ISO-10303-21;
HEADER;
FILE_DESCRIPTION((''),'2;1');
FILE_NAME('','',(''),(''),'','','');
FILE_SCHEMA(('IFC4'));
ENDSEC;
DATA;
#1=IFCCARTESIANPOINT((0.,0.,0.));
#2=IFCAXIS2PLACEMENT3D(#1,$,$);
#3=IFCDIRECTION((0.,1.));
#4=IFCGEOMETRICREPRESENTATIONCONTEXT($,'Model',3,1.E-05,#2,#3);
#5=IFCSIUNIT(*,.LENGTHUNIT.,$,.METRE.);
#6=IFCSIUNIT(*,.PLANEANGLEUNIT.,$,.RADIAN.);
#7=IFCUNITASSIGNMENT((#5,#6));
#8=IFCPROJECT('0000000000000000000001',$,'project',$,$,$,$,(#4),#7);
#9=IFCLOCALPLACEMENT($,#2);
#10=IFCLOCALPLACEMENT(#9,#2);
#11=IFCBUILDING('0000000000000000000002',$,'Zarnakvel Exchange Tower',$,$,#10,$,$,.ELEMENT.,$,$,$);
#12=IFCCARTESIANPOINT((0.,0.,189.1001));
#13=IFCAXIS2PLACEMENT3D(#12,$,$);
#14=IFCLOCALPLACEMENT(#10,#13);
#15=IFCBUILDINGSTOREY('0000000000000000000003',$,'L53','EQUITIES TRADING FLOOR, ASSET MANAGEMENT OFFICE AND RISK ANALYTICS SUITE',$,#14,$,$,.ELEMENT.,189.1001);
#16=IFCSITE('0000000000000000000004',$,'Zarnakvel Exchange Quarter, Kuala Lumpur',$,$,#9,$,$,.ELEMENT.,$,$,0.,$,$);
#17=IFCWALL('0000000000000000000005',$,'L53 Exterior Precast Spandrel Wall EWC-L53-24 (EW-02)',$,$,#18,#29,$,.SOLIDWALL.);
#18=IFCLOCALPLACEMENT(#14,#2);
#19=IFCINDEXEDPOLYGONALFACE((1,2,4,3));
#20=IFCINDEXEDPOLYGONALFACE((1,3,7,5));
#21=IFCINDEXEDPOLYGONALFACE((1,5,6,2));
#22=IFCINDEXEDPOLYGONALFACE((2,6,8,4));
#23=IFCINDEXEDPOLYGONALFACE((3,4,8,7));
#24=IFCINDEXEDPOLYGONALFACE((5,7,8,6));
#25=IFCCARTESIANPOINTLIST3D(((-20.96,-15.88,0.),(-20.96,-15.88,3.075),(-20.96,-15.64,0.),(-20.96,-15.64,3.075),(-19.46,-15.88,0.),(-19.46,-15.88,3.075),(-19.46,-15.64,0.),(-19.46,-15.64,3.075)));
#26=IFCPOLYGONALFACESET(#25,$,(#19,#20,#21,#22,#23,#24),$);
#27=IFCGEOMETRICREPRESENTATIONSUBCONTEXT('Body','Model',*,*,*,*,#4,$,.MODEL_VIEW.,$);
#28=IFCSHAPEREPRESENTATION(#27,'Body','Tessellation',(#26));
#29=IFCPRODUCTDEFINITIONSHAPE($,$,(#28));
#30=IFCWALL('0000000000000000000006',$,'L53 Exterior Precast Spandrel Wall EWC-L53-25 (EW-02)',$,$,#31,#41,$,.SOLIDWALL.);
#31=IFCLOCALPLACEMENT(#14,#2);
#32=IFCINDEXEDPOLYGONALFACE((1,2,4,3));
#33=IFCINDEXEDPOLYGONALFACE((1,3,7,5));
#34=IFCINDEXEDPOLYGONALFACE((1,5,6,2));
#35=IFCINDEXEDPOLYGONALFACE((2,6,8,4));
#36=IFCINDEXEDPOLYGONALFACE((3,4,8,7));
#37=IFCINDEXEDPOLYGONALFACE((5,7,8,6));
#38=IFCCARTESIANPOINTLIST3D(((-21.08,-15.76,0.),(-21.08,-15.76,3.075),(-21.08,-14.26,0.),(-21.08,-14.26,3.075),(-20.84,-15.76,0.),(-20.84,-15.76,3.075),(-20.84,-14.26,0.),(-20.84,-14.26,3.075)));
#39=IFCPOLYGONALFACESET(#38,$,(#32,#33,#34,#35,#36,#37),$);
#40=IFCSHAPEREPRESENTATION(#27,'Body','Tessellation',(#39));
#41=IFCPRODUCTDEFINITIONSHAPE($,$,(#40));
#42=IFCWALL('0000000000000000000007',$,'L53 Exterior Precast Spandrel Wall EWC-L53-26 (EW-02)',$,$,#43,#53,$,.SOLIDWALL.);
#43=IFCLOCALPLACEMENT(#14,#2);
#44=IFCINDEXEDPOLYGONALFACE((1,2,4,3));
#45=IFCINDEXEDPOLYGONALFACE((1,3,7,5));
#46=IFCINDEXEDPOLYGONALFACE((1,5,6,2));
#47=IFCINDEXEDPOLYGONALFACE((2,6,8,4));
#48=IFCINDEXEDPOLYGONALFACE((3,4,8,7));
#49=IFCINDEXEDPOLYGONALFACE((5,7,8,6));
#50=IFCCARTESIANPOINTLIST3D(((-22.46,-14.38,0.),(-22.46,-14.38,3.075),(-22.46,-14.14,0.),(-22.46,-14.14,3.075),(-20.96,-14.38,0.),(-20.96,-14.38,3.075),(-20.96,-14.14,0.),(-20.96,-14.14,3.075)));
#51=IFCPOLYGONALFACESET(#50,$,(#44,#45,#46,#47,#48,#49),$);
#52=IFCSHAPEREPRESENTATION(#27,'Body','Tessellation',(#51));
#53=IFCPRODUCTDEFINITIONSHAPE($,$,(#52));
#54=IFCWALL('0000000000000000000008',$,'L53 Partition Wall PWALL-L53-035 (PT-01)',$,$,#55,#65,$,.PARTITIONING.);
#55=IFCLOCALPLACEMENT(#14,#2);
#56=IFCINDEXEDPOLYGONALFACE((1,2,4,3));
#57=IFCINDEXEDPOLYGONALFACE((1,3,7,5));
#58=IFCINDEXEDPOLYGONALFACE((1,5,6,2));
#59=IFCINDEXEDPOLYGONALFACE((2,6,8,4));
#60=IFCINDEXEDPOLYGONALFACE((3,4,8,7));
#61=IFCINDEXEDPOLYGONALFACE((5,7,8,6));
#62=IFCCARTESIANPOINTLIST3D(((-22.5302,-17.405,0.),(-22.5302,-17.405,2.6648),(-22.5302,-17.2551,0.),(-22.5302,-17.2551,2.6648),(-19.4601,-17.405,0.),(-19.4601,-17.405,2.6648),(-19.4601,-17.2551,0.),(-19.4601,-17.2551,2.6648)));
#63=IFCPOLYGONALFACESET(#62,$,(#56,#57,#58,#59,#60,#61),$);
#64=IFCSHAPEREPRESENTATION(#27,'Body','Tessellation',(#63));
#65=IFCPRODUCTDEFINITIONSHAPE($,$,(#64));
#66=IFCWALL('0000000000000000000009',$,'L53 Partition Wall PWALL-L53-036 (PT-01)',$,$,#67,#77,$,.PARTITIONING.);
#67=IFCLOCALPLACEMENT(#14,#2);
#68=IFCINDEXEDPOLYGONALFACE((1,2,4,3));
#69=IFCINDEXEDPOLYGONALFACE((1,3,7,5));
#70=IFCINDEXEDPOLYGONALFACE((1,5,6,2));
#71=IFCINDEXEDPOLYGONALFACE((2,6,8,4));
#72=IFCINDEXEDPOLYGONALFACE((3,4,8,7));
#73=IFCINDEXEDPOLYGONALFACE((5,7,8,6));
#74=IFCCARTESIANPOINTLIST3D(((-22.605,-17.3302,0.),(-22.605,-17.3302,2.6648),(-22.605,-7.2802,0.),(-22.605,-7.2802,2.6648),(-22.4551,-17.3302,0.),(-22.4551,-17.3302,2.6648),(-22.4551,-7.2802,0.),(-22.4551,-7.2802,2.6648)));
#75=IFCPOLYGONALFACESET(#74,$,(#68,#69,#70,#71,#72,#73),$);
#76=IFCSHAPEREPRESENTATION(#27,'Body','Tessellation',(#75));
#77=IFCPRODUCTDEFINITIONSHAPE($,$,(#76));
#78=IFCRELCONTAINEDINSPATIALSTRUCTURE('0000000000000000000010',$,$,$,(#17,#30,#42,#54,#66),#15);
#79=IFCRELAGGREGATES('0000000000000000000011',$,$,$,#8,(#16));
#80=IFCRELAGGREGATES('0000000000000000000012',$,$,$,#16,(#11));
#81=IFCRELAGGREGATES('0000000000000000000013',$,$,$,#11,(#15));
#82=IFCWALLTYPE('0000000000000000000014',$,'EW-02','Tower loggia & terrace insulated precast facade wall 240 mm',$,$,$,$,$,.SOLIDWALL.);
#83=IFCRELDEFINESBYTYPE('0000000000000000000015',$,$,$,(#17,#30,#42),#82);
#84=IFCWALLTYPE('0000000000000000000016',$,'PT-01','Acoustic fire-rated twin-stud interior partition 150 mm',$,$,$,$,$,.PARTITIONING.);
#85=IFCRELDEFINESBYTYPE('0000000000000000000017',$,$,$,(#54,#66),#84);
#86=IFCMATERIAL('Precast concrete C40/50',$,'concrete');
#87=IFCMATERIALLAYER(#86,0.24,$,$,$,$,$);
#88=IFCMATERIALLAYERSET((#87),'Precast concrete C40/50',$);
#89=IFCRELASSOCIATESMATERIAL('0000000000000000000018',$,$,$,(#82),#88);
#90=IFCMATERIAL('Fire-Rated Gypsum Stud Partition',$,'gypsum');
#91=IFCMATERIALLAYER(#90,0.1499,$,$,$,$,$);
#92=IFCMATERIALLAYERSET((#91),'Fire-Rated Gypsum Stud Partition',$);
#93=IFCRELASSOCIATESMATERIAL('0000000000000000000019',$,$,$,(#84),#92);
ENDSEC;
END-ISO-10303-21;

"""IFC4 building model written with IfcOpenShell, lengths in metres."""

from ifc_helpers import new_model, si_unit, direction, frame, frame_2d, origin, place, context, subcontext, project, spatial, rectangle, extrude, material, layer, layer_set, type_object, element, save


model = new_model("IFC4")

# Units and contexts
model_context = context("Model", 3, precision=1e-05, world=origin(), true_north=direction((0.0, 1.0)))
body_context = subcontext(model_context, "Body", "Model", "MODEL_VIEW")
ifc_project = project(units=[si_unit("LENGTHUNIT", "METRE"), si_unit("PLANEANGLEUNIT", "RADIAN")], contexts=[model_context])

# Site, building, storey
site_placement = place(None, origin())
site = spatial("IfcSite", under=ifc_project, at=site_placement, Name="Zarnakvel Exchange Quarter, Kuala Lumpur", CompositionType="ELEMENT", RefElevation=0.0)
building_placement = place(site_placement, origin())
building = spatial("IfcBuilding", under=site, at=building_placement, Name="Zarnakvel Exchange Tower", CompositionType="ELEMENT")
storey_placement = place(building_placement, frame((0.0, 0.0, 189.1001)))
storey = spatial("IfcBuildingStorey", under=building, at=storey_placement, Name="L53", Description="EQUITIES TRADING FLOOR, ASSET MANAGEMENT OFFICE AND RISK ANALYTICS SUITE", CompositionType="ELEMENT", Elevation=189.1001)

# Walls
ifc_material_1 = material(Name="Precast concrete C40/50", Category="concrete")
ifc_layer_1 = layer(ifc_material_1, 0.24)
ifc_layer_set_1 = layer_set([ifc_layer_1], Name="Precast concrete C40/50")
wall_type_1 = type_object("IfcWallType", Name="EW-02", Description="Tower loggia & terrace insulated precast facade wall 240 mm", PredefinedType="SOLIDWALL", material=ifc_layer_set_1)
for number, where, z_axis, x_axis, name in (
    (1, (-20.96, -15.76, 0.0), (0.0, 0.0, 1.0), (1.0, 0.0, 0.0), "L53 Exterior Precast Spandrel Wall EWC-L53-24 (EW-02)"),
    (2, (-20.96, -14.26, 0.0), (0.0, 0.0, 1.0), (0.0, -1.0, 0.0), "L53 Exterior Precast Spandrel Wall EWC-L53-25 (EW-02)"),
    (3, (-22.46, -14.26, 0.0), (0.0, 0.0, 1.0), (1.0, 0.0, 0.0), "L53 Exterior Precast Spandrel Wall EWC-L53-26 (EW-02)"),
):
    element("IfcWall", number, at=place(storey_placement, frame(where, z_axis=z_axis, x_axis=x_axis)), inside=storey, type_object=wall_type_1, Name=name, PredefinedType="SOLIDWALL", context=body_context, shape_type="SweptSolid", body=[
        extrude(rectangle(XDim=1.5, YDim=0.24, at=frame_2d((0.75, 0.0))), origin(), (0.0, 0.0, 1.0), 3.075),
    ])
ifc_material_2 = material(Name="Fire-Rated Gypsum Stud Partition", Category="gypsum")
ifc_layer_2 = layer(ifc_material_2, 0.1499)
ifc_layer_set_2 = layer_set([ifc_layer_2], Name="Fire-Rated Gypsum Stud Partition")
wall_type_2 = type_object("IfcWallType", Name="PT-01", Description="Acoustic fire-rated twin-stud interior partition 150 mm", PredefinedType="PARTITIONING", material=ifc_layer_set_2)
wall_1_placement = place(storey_placement, frame((-19.46, -17.3301, 0.0), z_axis=(0.0, 0.0, 1.0), x_axis=(-1.0, 0.0, 0.0)))
element("IfcWall", 4, at=wall_1_placement, inside=storey, type_object=wall_type_2, Name="L53 Partition Wall PWALL-L53-035 (PT-01)", PredefinedType="PARTITIONING", context=body_context, shape_type="SweptSolid", body=[
    extrude(rectangle(XDim=3.0701, YDim=0.1499, at=frame_2d((1.5352, 0.0))), origin(), (0.0, 0.0, 1.0), 2.6648),
])
wall_2_placement = place(storey_placement, frame((-22.53, -17.3301, 0.0), z_axis=(0.0, 0.0, 1.0), x_axis=(0.0, 1.0, 0.0)))
element("IfcWall", 5, at=wall_2_placement, inside=storey, type_object=wall_type_2, Name="L53 Partition Wall PWALL-L53-036 (PT-01)", PredefinedType="PARTITIONING", context=body_context, shape_type="SweptSolid", body=[
    extrude(rectangle(XDim=10.05, YDim=0.1499, at=frame_2d((5.0249, 0.0))), origin(), (0.0, 0.0, 1.0), 2.6648),
])

save(model, "model.ifc")
